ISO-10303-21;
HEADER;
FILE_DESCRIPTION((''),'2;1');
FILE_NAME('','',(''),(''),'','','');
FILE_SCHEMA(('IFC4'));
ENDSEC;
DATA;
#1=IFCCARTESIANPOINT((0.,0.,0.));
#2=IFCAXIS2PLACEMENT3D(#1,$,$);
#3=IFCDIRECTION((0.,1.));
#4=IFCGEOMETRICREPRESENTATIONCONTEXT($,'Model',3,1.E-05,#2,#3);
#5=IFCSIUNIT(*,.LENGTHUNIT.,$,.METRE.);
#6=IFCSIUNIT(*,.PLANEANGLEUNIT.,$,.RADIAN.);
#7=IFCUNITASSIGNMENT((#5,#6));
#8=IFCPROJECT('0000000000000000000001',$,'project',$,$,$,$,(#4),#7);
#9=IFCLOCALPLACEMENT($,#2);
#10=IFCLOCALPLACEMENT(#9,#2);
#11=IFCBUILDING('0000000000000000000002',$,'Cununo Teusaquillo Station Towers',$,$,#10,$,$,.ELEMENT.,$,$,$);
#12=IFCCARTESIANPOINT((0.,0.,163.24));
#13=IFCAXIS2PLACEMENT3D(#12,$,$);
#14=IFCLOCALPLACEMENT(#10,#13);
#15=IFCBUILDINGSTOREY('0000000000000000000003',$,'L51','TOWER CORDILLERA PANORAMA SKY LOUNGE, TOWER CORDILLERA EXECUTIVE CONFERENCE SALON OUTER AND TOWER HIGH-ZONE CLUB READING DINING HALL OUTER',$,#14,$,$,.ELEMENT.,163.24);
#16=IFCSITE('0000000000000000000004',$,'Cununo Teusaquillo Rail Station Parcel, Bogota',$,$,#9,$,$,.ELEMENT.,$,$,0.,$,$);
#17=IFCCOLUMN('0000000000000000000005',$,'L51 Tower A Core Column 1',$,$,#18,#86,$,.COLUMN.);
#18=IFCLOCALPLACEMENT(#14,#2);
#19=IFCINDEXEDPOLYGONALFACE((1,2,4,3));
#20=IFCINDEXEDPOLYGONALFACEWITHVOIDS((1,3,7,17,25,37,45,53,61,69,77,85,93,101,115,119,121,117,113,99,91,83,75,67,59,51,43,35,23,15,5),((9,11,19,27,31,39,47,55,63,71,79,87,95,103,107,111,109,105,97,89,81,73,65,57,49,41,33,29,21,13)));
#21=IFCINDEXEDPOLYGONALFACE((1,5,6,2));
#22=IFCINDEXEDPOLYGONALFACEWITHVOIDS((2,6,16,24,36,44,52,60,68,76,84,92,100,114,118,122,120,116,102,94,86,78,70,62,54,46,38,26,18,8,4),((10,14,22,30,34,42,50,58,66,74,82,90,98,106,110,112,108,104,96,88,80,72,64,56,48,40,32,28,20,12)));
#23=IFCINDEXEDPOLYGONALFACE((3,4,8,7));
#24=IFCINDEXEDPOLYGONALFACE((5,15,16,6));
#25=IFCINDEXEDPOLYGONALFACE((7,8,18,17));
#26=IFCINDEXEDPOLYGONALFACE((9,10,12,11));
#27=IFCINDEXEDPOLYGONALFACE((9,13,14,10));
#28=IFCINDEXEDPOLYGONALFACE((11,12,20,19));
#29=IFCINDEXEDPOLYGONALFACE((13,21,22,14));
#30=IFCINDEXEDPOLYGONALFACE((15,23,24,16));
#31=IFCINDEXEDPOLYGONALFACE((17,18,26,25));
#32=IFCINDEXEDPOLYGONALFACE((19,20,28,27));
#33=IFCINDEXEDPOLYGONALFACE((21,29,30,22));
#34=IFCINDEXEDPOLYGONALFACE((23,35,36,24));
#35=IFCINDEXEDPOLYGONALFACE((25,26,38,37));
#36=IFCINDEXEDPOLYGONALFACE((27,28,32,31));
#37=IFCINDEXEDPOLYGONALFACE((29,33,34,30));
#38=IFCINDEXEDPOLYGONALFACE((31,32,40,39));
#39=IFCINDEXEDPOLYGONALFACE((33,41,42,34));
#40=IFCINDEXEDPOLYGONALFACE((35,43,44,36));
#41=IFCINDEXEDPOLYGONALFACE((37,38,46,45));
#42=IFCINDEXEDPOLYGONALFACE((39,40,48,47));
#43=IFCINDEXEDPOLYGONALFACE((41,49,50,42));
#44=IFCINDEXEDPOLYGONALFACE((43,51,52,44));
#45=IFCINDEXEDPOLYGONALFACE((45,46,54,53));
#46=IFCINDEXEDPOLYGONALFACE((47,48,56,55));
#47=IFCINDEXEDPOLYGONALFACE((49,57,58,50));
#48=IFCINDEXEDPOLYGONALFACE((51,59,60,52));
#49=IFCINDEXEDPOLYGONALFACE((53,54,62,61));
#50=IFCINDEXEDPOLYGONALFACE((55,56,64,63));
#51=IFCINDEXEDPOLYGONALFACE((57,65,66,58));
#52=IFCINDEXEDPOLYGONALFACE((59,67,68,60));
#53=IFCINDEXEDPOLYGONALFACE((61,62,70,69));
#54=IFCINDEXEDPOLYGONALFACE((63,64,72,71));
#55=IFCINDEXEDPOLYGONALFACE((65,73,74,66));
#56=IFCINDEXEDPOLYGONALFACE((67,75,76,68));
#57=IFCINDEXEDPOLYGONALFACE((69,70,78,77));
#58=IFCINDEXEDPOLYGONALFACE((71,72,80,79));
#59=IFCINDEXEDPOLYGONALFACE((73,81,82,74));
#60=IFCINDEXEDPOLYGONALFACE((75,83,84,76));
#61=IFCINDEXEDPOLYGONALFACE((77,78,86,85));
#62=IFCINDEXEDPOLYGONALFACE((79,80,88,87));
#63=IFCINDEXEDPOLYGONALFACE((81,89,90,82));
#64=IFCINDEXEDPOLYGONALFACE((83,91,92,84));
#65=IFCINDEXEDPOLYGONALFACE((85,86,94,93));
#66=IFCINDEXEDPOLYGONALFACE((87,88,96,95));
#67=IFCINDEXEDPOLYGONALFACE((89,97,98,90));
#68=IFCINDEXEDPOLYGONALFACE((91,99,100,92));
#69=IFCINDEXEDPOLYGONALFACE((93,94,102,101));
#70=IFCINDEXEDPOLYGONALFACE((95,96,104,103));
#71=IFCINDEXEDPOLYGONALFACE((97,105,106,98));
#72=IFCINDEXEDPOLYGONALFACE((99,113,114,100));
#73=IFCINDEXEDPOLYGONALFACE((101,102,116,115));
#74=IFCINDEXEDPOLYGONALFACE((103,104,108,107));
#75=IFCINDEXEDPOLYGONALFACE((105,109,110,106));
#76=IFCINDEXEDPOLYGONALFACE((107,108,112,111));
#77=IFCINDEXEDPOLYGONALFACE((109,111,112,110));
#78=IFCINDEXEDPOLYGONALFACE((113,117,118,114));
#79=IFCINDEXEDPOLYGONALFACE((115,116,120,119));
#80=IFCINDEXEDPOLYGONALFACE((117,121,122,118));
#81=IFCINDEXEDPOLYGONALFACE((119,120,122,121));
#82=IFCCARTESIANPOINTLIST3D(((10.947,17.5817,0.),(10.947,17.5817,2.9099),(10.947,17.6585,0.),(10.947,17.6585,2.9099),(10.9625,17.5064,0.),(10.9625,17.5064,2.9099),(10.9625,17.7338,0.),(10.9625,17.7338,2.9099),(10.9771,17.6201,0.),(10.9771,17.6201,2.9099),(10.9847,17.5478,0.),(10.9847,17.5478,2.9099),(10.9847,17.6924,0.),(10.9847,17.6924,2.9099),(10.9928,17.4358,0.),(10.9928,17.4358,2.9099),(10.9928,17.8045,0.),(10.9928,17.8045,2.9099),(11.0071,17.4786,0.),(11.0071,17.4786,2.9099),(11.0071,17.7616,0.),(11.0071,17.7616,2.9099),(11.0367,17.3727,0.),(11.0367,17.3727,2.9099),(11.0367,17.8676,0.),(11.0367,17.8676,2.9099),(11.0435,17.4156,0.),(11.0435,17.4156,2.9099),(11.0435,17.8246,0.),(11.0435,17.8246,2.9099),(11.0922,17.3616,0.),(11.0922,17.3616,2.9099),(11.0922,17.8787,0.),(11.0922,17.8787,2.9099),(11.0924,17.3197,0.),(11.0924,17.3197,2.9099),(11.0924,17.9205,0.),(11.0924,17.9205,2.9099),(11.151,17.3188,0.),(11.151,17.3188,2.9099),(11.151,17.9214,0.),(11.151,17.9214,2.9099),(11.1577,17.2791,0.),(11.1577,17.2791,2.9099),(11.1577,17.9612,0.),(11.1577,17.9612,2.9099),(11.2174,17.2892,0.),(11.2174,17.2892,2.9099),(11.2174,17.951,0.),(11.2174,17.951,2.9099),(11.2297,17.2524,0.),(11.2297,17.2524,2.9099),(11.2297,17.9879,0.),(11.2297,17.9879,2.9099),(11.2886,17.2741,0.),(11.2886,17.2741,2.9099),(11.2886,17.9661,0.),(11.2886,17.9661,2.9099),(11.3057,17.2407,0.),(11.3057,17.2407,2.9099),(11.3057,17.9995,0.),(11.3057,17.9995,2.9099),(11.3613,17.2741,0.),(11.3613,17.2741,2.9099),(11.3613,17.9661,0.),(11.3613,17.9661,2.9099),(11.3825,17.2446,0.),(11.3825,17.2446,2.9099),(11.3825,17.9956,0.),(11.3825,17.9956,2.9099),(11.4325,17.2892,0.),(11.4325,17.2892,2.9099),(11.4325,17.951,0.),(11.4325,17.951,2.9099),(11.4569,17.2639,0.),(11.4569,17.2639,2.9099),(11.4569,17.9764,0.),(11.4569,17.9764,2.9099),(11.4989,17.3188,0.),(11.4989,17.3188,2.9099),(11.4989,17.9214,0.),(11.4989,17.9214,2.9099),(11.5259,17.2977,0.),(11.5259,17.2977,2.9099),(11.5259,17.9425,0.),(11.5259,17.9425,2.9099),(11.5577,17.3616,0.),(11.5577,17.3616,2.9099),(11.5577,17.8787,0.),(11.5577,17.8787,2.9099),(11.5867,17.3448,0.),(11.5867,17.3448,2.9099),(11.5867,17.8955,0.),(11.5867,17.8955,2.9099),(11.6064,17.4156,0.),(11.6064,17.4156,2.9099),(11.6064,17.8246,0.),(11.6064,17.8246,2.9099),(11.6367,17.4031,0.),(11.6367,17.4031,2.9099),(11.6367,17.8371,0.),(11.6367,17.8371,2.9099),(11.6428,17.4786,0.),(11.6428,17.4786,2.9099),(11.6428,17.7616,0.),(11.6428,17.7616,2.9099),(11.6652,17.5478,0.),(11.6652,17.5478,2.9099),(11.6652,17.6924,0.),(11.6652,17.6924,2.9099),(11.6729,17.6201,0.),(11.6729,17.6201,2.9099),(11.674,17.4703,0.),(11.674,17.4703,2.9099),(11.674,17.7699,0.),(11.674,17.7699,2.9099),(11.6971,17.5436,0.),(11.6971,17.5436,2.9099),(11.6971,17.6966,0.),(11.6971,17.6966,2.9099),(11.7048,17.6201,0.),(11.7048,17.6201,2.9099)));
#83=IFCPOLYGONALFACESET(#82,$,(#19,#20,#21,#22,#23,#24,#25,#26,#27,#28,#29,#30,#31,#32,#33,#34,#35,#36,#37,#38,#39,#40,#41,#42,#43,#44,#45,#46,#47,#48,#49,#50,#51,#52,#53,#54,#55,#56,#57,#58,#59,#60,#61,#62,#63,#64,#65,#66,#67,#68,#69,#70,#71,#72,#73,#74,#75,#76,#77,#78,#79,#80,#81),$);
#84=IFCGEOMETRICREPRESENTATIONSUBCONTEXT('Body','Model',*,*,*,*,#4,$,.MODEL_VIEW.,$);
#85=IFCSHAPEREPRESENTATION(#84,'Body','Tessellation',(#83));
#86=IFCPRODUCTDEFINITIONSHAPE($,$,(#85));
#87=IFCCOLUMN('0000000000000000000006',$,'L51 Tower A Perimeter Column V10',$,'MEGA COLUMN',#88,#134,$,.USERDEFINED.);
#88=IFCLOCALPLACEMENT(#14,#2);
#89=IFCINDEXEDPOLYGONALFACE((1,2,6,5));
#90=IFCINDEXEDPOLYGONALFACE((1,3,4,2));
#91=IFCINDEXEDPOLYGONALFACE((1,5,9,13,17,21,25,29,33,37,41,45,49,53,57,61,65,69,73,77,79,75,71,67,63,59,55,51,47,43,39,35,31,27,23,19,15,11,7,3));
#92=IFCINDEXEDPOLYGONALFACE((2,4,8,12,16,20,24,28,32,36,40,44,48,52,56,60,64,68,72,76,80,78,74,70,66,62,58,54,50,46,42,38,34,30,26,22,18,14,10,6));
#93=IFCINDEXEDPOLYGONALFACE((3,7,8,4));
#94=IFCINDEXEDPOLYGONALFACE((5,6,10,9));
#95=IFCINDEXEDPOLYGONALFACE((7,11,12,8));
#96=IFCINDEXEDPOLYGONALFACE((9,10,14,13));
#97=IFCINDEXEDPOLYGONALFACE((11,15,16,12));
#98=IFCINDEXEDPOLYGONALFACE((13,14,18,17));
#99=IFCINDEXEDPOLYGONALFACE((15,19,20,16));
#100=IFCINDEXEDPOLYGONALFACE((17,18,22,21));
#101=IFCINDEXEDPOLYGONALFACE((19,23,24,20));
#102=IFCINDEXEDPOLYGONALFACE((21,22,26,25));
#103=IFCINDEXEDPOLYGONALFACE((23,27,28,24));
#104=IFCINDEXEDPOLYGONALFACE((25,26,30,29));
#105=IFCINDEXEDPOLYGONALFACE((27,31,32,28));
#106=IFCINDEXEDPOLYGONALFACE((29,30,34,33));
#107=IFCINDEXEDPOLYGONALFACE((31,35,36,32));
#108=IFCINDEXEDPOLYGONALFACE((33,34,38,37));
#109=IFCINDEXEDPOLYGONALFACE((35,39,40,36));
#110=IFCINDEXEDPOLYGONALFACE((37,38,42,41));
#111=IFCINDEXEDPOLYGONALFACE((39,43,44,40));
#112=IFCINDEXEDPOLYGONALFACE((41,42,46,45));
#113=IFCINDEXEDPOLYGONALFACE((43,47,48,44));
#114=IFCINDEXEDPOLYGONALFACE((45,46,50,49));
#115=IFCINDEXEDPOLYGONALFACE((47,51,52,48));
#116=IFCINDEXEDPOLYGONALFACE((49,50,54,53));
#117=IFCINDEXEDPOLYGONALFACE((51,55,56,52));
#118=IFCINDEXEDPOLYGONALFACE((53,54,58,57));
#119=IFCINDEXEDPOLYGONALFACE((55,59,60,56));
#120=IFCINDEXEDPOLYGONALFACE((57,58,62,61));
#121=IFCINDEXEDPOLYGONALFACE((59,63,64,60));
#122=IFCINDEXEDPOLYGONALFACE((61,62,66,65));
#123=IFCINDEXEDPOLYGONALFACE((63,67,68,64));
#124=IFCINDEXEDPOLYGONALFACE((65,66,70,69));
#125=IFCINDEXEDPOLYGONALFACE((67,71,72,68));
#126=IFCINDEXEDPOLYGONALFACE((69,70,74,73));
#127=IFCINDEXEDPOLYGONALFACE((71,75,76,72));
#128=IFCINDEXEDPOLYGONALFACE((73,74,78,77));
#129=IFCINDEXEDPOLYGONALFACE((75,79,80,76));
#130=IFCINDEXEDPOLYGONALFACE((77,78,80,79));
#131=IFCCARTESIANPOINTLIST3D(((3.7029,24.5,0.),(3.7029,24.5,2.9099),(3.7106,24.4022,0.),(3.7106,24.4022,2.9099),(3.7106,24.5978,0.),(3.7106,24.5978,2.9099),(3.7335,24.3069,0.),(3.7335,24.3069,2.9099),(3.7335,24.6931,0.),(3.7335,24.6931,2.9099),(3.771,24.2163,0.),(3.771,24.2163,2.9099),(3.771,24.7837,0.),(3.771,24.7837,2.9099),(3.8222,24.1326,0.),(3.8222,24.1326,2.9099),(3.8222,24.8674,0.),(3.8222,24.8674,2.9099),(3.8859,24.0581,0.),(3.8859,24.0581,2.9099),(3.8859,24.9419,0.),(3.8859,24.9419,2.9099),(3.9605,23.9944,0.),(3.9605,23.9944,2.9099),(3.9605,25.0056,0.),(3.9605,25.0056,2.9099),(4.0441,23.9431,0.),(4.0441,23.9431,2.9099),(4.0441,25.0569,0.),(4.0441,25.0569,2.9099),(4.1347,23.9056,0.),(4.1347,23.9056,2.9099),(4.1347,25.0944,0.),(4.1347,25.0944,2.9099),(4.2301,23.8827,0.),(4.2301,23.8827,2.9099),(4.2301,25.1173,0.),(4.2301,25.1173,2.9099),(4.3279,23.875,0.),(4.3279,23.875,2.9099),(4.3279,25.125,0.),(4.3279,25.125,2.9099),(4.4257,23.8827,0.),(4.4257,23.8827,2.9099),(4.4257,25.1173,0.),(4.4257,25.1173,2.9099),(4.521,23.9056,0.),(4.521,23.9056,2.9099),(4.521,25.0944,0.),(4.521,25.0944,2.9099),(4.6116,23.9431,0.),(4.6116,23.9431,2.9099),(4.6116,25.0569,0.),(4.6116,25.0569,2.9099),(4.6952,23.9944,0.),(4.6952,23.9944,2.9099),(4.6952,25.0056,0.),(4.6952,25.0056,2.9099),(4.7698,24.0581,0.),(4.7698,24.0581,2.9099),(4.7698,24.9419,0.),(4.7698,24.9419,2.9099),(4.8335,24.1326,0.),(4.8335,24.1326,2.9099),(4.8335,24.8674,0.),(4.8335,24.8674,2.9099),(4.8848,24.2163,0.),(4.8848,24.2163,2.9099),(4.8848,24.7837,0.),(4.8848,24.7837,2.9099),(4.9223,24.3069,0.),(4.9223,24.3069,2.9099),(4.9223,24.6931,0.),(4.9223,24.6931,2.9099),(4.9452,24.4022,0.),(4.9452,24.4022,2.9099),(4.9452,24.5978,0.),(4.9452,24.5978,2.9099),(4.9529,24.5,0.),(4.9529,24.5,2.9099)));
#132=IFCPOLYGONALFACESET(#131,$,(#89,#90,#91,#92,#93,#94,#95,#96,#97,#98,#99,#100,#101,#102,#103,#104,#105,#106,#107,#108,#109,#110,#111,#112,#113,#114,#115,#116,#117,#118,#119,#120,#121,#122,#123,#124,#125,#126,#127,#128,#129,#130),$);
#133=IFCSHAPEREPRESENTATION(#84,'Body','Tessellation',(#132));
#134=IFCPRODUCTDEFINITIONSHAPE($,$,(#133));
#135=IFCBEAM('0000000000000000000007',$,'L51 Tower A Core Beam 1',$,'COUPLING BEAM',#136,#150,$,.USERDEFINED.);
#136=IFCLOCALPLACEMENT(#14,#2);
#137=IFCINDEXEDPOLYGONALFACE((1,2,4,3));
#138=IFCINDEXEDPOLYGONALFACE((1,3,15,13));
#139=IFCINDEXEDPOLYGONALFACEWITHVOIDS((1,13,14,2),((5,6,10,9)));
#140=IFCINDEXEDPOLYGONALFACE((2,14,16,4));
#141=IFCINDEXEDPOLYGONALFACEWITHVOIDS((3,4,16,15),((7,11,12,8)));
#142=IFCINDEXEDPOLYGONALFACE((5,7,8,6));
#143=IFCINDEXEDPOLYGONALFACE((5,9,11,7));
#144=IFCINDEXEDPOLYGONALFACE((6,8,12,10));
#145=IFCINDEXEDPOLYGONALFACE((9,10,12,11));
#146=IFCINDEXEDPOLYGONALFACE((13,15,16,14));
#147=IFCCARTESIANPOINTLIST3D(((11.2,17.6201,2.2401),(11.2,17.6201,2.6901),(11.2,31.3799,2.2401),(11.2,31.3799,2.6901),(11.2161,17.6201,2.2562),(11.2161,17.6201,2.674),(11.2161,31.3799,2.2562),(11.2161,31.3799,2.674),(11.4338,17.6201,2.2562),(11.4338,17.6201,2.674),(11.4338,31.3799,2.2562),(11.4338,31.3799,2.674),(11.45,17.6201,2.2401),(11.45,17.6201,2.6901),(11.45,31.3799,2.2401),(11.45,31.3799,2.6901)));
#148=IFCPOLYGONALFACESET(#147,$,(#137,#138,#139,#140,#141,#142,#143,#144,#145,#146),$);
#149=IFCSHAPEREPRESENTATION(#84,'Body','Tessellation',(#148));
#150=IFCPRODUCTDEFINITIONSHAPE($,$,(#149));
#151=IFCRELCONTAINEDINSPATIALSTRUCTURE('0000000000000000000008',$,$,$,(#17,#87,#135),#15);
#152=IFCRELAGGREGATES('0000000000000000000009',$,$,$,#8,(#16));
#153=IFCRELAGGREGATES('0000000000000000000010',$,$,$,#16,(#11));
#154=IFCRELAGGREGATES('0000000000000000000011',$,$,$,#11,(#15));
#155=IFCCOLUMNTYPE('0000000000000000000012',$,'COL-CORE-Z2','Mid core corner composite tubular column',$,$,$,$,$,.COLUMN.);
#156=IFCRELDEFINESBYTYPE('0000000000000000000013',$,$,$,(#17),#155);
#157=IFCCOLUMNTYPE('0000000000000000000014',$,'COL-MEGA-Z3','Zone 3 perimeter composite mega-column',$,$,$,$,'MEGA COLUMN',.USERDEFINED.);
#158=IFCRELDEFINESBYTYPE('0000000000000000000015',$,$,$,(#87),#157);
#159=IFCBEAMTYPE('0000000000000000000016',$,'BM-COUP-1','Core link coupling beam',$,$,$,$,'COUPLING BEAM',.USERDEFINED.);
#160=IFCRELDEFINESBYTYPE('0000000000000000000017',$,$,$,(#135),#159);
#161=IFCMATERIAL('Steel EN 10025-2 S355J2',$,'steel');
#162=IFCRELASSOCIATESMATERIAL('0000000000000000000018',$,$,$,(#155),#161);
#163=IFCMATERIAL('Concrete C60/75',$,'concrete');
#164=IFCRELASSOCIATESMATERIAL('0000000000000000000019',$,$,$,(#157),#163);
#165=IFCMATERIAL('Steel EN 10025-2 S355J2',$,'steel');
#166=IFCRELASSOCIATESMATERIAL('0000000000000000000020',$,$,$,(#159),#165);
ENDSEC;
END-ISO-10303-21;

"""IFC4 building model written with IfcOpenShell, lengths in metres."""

from ifc_helpers import new_model, si_unit, direction, frame, origin, origin_2d, place, context, subcontext, project, spatial, hollow_rectangle, circle, hollow_circle, extrude, material, material_profile, profile_set, type_object, element, save


model = new_model("IFC4")

# Units and contexts
model_context = context("Model", 3, precision=1e-05, world=origin(), true_north=direction((0.0, 1.0)))
body_context = subcontext(model_context, "Body", "Model", "MODEL_VIEW")
ifc_project = project(units=[si_unit("LENGTHUNIT", "METRE"), si_unit("PLANEANGLEUNIT", "RADIAN")], contexts=[model_context])

# Site, building, storey
site_placement = place(None, origin())
site = spatial("IfcSite", under=ifc_project, at=site_placement, Name="Cununo Teusaquillo Rail Station Parcel, Bogota", CompositionType="ELEMENT", RefElevation=0.0)
building_placement = place(site_placement, origin())
building = spatial("IfcBuilding", under=site, at=building_placement, Name="Cununo Teusaquillo Station Towers", CompositionType="ELEMENT")
storey_placement = place(building_placement, frame((0.0, 0.0, 163.24)))
storey = spatial("IfcBuildingStorey", under=building, at=storey_placement, Name="L51", Description="TOWER CORDILLERA PANORAMA SKY LOUNGE, TOWER CORDILLERA EXECUTIVE CONFERENCE SALON OUTER AND TOWER HIGH-ZONE CLUB READING DINING HALL OUTER", CompositionType="ELEMENT", Elevation=163.24)

# Columns
ifc_material_1 = material(Name="Steel EN 10025-2 S355J2", Category="steel")
ifc_material_profile_1 = material_profile(ifc_material_1, hollow_circle(Radius=0.3799, WallThickness=0.032, at=origin_2d()), Name="CHS 760x32")
ifc_profile_set_1 = profile_set([ifc_material_profile_1], Name="Steel EN 10025-2 S355J2")
column_type_1 = type_object("IfcColumnType", Name="COL-CORE-Z2", Description="Mid core corner composite tubular column", PredefinedType="COLUMN", material=ifc_profile_set_1)
column_1_placement = place(storey_placement, frame((11.325, 17.6201, 0.0), z_axis=(0.0, 0.0, 1.0), x_axis=(1.0, 0.0, 0.0)))
element("IfcColumn", 1, at=column_1_placement, inside=storey, type_object=column_type_1, Name="L51 Tower A Core Column 1", PredefinedType="COLUMN", context=body_context, shape_type="SweptSolid", body=[
    extrude(hollow_circle(Radius=0.3799, WallThickness=0.032, at=origin_2d()), origin(), (0.0, 0.0, 1.0), 2.9099),
])
ifc_material_2 = material(Name="Concrete C60/75", Category="concrete")
ifc_material_profile_2 = material_profile(ifc_material_2, circle(Radius=0.625, at=origin_2d()), Name="RC-CIRC-1250")
ifc_profile_set_2 = profile_set([ifc_material_profile_2], Name="Concrete C60/75")
column_type_2 = type_object("IfcColumnType", Name="COL-MEGA-Z3", Description="Zone 3 perimeter composite mega-column", ElementType="MEGA COLUMN", PredefinedType="USERDEFINED", material=ifc_profile_set_2)
column_2_placement = place(storey_placement, frame((4.3279, 24.5, 0.0), z_axis=(0.0, 0.0, 1.0), x_axis=(1.0, 0.0, 0.0)))
element("IfcColumn", 2, at=column_2_placement, inside=storey, type_object=column_type_2, Name="L51 Tower A Perimeter Column V10", ObjectType="MEGA COLUMN", PredefinedType="USERDEFINED", context=body_context, shape_type="SweptSolid", body=[
    extrude(circle(Radius=0.625, at=origin_2d()), origin(), (0.0, 0.0, 1.0), 2.9099),
])

# Beam
ifc_material_3 = material(Name="Steel EN 10025-2 S355J2", Category="steel")
ifc_material_profile_3 = material_profile(ifc_material_3, hollow_rectangle(XDim=0.25, YDim=0.45, WallThickness=0.0161, at=origin_2d()), Name="RHS 450x250x16")
ifc_profile_set_3 = profile_set([ifc_material_profile_3], Name="Steel EN 10025-2 S355J2")
beam_type_1 = type_object("IfcBeamType", Name="BM-COUP-1", Description="Core link coupling beam", ElementType="COUPLING BEAM", PredefinedType="USERDEFINED", material=ifc_profile_set_3)
beam_1_placement = place(storey_placement, frame((11.325, 17.6201, 2.4651), z_axis=(0.0, 1.0, 0.0), x_axis=(-1.0, 0.0, 0.0)))
element("IfcBeam", 3, at=beam_1_placement, inside=storey, type_object=beam_type_1, Name="L51 Tower A Core Beam 1", ObjectType="COUPLING BEAM", PredefinedType="USERDEFINED", context=body_context, shape_type="SweptSolid", body=[
    extrude(hollow_rectangle(XDim=0.25, YDim=0.45, WallThickness=0.0161, at=origin_2d()), origin(), (0.0, 0.0, 1.0), 13.7598),
])

save(model, "model.ifc")
